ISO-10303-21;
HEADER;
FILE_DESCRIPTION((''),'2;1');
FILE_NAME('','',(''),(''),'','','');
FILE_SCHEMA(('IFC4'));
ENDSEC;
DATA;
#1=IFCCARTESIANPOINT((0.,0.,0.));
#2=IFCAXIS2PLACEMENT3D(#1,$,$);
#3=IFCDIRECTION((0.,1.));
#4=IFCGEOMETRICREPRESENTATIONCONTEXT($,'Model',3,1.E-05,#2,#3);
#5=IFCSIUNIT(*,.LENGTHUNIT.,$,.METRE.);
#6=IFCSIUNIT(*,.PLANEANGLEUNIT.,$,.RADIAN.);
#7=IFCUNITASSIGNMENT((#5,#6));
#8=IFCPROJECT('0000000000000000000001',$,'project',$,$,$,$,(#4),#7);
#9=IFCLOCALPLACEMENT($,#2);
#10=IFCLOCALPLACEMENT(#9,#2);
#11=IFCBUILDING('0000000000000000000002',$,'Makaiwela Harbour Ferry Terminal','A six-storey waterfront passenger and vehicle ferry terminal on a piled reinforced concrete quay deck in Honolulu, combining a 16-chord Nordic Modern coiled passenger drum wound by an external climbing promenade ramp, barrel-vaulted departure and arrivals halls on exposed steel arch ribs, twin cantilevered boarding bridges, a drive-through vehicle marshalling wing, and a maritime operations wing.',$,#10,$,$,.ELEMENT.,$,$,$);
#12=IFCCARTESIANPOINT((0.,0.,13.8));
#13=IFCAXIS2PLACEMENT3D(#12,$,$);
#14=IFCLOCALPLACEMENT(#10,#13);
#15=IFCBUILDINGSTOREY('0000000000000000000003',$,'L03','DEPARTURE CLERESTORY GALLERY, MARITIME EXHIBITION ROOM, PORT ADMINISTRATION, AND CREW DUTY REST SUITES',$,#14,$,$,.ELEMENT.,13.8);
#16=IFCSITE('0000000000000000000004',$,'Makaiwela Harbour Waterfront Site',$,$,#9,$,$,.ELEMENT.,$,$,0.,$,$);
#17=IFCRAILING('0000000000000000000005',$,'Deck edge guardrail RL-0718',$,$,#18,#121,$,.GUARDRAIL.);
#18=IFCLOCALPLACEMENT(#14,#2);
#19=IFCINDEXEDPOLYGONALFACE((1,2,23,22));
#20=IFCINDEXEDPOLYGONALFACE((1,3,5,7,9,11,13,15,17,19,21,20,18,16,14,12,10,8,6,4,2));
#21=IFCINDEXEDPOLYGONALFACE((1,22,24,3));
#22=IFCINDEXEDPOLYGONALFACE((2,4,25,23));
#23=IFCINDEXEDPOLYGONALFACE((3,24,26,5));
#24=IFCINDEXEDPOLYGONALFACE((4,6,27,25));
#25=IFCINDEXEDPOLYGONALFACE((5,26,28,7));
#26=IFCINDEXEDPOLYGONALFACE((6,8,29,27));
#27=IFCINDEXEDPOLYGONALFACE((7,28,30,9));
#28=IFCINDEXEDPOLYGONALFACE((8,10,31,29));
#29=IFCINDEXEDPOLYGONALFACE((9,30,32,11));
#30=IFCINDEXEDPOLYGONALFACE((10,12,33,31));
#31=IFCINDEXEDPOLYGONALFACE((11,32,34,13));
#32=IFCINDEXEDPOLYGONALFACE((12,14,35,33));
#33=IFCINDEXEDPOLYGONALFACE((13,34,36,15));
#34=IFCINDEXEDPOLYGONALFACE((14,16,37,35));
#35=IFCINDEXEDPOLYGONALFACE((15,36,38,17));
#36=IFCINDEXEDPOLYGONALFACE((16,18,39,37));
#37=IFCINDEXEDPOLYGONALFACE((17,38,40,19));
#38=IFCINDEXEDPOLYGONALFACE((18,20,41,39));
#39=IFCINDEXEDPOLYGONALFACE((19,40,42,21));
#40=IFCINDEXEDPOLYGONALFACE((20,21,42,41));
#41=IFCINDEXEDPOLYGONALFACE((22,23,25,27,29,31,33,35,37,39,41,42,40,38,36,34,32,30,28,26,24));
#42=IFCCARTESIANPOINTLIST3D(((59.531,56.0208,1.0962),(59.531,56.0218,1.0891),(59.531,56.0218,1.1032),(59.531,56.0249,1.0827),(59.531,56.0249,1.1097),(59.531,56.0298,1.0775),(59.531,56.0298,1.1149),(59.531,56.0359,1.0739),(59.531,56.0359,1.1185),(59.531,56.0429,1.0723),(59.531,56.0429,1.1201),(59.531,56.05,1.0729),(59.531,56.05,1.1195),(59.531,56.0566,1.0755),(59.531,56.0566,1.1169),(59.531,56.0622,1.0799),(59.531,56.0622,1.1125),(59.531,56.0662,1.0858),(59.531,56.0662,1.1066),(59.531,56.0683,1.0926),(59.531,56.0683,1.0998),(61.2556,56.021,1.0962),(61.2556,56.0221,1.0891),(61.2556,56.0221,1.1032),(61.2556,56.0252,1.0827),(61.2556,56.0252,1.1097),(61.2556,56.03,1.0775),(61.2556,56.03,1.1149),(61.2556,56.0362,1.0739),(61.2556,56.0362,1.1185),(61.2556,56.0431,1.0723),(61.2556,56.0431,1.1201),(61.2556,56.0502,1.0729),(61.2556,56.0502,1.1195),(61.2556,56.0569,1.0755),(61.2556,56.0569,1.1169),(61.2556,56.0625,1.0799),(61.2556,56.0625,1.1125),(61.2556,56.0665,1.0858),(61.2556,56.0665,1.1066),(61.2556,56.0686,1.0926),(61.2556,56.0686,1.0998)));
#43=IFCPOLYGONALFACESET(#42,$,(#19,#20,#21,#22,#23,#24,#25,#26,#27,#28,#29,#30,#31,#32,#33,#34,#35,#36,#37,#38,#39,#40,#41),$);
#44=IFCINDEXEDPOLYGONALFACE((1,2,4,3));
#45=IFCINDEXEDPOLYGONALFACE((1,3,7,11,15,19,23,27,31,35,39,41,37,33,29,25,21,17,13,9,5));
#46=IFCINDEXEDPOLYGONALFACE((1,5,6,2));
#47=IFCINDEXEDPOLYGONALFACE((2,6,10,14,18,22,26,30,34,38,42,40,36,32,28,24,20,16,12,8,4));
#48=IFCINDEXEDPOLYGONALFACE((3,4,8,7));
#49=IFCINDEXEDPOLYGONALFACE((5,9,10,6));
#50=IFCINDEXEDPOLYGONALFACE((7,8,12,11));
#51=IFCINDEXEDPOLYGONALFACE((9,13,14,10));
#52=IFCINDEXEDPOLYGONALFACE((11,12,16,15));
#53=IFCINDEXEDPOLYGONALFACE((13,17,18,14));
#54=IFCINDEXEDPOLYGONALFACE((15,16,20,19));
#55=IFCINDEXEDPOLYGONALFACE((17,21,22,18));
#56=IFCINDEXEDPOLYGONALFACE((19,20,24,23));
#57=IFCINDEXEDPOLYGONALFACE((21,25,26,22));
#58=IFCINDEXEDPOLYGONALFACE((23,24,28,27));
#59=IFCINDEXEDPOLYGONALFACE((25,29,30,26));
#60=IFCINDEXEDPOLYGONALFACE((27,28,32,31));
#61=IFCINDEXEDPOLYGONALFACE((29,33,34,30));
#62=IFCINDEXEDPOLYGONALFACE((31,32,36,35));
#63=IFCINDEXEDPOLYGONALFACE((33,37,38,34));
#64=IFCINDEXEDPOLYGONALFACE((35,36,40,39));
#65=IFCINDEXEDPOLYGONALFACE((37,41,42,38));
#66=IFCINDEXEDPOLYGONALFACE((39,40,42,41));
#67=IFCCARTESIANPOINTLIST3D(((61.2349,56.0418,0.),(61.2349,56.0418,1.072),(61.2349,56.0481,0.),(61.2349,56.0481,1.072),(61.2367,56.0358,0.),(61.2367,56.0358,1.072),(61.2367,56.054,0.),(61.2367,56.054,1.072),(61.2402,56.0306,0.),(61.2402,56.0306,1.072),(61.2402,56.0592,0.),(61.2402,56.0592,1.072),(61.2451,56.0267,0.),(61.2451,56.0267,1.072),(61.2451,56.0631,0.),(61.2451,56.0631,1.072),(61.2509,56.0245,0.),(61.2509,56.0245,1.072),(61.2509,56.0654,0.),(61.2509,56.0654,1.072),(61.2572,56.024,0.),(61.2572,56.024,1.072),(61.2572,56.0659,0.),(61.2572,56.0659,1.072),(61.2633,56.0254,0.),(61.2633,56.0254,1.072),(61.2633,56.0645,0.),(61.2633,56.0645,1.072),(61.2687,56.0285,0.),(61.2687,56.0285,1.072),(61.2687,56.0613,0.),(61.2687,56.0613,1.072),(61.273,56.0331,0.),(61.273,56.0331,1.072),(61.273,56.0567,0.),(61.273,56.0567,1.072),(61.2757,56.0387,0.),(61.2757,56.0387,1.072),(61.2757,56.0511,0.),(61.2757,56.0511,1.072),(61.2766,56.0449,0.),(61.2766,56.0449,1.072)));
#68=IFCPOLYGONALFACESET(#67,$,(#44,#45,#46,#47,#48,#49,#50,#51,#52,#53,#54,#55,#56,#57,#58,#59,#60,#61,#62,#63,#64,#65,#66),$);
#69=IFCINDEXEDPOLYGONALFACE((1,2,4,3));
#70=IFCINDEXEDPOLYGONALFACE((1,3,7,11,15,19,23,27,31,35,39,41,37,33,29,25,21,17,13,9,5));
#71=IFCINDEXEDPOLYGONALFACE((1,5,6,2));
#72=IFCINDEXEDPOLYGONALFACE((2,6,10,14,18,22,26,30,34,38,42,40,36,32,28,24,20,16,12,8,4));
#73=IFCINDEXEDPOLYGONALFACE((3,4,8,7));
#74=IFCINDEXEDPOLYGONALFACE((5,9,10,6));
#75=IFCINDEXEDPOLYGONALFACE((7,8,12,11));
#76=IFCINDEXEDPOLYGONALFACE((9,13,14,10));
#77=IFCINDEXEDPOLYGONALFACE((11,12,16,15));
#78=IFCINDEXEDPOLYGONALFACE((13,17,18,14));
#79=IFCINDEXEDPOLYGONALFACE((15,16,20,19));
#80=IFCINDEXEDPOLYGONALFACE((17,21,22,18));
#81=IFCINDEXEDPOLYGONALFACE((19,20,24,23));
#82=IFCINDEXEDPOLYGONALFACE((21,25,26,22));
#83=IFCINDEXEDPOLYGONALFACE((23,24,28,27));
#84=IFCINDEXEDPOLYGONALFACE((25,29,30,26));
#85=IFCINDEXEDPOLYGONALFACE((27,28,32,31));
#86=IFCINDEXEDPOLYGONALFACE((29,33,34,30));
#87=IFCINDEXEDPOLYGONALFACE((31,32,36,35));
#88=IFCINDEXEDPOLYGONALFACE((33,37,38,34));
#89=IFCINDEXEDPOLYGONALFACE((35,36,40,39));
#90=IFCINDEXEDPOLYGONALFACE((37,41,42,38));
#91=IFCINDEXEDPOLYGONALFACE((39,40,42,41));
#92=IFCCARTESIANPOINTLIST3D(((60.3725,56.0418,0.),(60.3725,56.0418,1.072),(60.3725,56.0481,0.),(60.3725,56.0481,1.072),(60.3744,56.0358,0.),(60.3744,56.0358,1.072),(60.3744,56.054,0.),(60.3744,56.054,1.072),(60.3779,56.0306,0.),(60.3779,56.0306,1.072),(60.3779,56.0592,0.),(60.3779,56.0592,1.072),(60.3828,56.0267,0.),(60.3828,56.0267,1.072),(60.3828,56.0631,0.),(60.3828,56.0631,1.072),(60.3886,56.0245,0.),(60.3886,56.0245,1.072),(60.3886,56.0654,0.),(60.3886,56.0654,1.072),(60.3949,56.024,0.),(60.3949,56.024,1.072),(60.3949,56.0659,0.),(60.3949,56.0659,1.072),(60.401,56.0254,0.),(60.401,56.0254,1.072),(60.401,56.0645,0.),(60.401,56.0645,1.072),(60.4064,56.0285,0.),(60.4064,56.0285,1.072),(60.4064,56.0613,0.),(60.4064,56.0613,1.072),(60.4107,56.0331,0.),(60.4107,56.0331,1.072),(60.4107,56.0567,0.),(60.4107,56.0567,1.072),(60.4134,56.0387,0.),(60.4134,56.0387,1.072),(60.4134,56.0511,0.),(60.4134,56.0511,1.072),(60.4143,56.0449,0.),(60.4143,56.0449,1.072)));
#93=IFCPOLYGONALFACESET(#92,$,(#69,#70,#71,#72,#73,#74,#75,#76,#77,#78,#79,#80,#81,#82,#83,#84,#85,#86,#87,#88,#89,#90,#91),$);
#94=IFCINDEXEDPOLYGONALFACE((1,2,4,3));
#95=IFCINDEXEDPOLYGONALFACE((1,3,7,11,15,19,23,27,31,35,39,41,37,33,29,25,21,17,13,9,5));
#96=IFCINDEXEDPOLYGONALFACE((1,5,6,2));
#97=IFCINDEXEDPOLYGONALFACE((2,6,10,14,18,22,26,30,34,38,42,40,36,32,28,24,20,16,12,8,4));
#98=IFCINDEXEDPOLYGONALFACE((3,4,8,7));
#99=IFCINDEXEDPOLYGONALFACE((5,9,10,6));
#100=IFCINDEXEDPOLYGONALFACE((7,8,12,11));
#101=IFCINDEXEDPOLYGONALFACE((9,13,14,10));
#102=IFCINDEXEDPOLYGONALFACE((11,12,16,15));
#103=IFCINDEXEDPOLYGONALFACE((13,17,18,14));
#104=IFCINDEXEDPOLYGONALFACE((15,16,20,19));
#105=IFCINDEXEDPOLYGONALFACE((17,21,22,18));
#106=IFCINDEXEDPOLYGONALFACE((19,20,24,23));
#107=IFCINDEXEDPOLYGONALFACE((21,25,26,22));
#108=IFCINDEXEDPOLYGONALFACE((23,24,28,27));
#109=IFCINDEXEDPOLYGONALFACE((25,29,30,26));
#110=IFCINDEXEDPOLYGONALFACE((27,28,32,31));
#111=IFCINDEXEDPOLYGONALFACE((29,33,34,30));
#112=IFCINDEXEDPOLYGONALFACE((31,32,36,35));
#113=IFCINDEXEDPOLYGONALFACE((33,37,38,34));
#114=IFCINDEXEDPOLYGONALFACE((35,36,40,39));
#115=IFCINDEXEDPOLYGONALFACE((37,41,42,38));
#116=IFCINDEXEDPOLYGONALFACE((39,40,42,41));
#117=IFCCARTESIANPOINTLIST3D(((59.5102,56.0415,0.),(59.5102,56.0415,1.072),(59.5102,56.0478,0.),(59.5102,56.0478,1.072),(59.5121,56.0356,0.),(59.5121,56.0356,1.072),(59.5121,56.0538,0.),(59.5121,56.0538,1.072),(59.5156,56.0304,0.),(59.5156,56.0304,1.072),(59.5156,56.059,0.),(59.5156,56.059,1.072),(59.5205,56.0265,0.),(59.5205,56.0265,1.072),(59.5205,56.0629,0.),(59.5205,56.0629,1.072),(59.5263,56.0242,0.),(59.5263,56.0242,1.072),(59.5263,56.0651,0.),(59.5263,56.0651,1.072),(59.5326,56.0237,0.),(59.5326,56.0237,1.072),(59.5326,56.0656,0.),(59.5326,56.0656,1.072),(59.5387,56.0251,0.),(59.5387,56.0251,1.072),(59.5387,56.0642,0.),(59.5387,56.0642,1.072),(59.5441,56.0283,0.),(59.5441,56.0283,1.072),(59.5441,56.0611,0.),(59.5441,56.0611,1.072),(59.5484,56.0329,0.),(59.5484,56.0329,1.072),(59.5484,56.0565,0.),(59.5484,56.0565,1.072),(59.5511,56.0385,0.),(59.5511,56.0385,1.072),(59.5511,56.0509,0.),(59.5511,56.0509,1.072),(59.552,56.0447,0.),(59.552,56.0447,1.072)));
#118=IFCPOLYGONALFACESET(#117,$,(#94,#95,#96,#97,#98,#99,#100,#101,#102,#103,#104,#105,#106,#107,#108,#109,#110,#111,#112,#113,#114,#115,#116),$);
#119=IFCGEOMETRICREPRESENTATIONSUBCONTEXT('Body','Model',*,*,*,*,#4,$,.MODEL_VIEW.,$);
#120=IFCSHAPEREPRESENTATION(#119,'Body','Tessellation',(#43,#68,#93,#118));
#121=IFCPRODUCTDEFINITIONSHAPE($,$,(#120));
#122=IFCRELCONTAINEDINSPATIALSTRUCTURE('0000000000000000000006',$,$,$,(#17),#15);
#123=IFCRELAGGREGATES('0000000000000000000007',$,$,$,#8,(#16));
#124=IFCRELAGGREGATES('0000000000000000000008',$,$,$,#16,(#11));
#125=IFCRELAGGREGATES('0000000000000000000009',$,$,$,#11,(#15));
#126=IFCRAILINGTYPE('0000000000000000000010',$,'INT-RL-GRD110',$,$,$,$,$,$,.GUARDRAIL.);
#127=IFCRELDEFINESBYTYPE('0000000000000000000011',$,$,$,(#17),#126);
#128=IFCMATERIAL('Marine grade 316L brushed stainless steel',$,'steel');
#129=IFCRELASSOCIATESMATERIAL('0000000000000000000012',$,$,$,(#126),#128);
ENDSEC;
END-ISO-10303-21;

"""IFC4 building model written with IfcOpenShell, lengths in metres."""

from ifc_helpers import new_model, si_unit, direction, frame, origin, origin_2d, place, context, subcontext, project, spatial, circle, extrude, material, type_object, element, save


model = new_model("IFC4")

# Units and contexts
model_context = context("Model", 3, precision=1e-05, world=origin(), true_north=direction((0.0, 1.0)))
body_context = subcontext(model_context, "Body", "Model", "MODEL_VIEW")
ifc_project = project(units=[si_unit("LENGTHUNIT", "METRE"), si_unit("PLANEANGLEUNIT", "RADIAN")], contexts=[model_context])

# Site, building, storey
site_placement = place(None, origin())
site = spatial("IfcSite", under=ifc_project, at=site_placement, Name="Makaiwela Harbour Waterfront Site", CompositionType="ELEMENT", RefElevation=0.0)
building_placement = place(site_placement, origin())
building = spatial("IfcBuilding", under=site, at=building_placement, Name="Makaiwela Harbour Ferry Terminal", Description="A six-storey waterfront passenger and vehicle ferry terminal on a piled reinforced concrete quay deck in Honolulu, combining a 16-chord Nordic Modern coiled passenger drum wound by an external climbing promenade ramp, barrel-vaulted departure and arrivals halls on exposed steel arch ribs, twin cantilevered boarding bridges, a drive-through vehicle marshalling wing, and a maritime operations wing.", CompositionType="ELEMENT")
storey_placement = place(building_placement, frame((0.0, 0.0, 13.8)))
storey = spatial("IfcBuildingStorey", under=building, at=storey_placement, Name="L03", Description="DEPARTURE CLERESTORY GALLERY, MARITIME EXHIBITION ROOM, PORT ADMINISTRATION, AND CREW DUTY REST SUITES", CompositionType="ELEMENT", Elevation=13.8)

# Railing
ifc_material_1 = material(Name="Marine grade 316L brushed stainless steel", Category="steel")
railing_type = type_object("IfcRailingType", Name="INT-RL-GRD110", PredefinedType="GUARDRAIL", material=ifc_material_1)
railing_1_placement = place(storey_placement, frame((61.2556, 56.0449, 0.0)))
element("IfcRailing", 1, at=railing_1_placement, inside=storey, type_object=railing_type, Name="Deck edge guardrail RL-0718", PredefinedType="GUARDRAIL", context=body_context, shape_type="SweptSolid", body=[
    extrude(circle(Radius=0.0239, at=origin_2d()), frame((0.0, 0.0, 1.0962), z_axis=(-1.0, -0.000142, 0.0), x_axis=(0.000142, -1.0, 0.0)), (0.0, 0.0, 1.0), 1.7246),
    extrude(circle(Radius=0.021, at=origin_2d()), origin(), (0.0, 0.0, 1.0), 1.072),
    extrude(circle(Radius=0.021, at=origin_2d()), frame((-0.8623, 0.0, 0.0)), (0.0, 0.0, 1.0), 1.072),
    extrude(circle(Radius=0.021, at=origin_2d()), frame((-1.7246, -0.0002, 0.0)), (0.0, 0.0, 1.0), 1.072),
])

save(model, "model.ifc")
